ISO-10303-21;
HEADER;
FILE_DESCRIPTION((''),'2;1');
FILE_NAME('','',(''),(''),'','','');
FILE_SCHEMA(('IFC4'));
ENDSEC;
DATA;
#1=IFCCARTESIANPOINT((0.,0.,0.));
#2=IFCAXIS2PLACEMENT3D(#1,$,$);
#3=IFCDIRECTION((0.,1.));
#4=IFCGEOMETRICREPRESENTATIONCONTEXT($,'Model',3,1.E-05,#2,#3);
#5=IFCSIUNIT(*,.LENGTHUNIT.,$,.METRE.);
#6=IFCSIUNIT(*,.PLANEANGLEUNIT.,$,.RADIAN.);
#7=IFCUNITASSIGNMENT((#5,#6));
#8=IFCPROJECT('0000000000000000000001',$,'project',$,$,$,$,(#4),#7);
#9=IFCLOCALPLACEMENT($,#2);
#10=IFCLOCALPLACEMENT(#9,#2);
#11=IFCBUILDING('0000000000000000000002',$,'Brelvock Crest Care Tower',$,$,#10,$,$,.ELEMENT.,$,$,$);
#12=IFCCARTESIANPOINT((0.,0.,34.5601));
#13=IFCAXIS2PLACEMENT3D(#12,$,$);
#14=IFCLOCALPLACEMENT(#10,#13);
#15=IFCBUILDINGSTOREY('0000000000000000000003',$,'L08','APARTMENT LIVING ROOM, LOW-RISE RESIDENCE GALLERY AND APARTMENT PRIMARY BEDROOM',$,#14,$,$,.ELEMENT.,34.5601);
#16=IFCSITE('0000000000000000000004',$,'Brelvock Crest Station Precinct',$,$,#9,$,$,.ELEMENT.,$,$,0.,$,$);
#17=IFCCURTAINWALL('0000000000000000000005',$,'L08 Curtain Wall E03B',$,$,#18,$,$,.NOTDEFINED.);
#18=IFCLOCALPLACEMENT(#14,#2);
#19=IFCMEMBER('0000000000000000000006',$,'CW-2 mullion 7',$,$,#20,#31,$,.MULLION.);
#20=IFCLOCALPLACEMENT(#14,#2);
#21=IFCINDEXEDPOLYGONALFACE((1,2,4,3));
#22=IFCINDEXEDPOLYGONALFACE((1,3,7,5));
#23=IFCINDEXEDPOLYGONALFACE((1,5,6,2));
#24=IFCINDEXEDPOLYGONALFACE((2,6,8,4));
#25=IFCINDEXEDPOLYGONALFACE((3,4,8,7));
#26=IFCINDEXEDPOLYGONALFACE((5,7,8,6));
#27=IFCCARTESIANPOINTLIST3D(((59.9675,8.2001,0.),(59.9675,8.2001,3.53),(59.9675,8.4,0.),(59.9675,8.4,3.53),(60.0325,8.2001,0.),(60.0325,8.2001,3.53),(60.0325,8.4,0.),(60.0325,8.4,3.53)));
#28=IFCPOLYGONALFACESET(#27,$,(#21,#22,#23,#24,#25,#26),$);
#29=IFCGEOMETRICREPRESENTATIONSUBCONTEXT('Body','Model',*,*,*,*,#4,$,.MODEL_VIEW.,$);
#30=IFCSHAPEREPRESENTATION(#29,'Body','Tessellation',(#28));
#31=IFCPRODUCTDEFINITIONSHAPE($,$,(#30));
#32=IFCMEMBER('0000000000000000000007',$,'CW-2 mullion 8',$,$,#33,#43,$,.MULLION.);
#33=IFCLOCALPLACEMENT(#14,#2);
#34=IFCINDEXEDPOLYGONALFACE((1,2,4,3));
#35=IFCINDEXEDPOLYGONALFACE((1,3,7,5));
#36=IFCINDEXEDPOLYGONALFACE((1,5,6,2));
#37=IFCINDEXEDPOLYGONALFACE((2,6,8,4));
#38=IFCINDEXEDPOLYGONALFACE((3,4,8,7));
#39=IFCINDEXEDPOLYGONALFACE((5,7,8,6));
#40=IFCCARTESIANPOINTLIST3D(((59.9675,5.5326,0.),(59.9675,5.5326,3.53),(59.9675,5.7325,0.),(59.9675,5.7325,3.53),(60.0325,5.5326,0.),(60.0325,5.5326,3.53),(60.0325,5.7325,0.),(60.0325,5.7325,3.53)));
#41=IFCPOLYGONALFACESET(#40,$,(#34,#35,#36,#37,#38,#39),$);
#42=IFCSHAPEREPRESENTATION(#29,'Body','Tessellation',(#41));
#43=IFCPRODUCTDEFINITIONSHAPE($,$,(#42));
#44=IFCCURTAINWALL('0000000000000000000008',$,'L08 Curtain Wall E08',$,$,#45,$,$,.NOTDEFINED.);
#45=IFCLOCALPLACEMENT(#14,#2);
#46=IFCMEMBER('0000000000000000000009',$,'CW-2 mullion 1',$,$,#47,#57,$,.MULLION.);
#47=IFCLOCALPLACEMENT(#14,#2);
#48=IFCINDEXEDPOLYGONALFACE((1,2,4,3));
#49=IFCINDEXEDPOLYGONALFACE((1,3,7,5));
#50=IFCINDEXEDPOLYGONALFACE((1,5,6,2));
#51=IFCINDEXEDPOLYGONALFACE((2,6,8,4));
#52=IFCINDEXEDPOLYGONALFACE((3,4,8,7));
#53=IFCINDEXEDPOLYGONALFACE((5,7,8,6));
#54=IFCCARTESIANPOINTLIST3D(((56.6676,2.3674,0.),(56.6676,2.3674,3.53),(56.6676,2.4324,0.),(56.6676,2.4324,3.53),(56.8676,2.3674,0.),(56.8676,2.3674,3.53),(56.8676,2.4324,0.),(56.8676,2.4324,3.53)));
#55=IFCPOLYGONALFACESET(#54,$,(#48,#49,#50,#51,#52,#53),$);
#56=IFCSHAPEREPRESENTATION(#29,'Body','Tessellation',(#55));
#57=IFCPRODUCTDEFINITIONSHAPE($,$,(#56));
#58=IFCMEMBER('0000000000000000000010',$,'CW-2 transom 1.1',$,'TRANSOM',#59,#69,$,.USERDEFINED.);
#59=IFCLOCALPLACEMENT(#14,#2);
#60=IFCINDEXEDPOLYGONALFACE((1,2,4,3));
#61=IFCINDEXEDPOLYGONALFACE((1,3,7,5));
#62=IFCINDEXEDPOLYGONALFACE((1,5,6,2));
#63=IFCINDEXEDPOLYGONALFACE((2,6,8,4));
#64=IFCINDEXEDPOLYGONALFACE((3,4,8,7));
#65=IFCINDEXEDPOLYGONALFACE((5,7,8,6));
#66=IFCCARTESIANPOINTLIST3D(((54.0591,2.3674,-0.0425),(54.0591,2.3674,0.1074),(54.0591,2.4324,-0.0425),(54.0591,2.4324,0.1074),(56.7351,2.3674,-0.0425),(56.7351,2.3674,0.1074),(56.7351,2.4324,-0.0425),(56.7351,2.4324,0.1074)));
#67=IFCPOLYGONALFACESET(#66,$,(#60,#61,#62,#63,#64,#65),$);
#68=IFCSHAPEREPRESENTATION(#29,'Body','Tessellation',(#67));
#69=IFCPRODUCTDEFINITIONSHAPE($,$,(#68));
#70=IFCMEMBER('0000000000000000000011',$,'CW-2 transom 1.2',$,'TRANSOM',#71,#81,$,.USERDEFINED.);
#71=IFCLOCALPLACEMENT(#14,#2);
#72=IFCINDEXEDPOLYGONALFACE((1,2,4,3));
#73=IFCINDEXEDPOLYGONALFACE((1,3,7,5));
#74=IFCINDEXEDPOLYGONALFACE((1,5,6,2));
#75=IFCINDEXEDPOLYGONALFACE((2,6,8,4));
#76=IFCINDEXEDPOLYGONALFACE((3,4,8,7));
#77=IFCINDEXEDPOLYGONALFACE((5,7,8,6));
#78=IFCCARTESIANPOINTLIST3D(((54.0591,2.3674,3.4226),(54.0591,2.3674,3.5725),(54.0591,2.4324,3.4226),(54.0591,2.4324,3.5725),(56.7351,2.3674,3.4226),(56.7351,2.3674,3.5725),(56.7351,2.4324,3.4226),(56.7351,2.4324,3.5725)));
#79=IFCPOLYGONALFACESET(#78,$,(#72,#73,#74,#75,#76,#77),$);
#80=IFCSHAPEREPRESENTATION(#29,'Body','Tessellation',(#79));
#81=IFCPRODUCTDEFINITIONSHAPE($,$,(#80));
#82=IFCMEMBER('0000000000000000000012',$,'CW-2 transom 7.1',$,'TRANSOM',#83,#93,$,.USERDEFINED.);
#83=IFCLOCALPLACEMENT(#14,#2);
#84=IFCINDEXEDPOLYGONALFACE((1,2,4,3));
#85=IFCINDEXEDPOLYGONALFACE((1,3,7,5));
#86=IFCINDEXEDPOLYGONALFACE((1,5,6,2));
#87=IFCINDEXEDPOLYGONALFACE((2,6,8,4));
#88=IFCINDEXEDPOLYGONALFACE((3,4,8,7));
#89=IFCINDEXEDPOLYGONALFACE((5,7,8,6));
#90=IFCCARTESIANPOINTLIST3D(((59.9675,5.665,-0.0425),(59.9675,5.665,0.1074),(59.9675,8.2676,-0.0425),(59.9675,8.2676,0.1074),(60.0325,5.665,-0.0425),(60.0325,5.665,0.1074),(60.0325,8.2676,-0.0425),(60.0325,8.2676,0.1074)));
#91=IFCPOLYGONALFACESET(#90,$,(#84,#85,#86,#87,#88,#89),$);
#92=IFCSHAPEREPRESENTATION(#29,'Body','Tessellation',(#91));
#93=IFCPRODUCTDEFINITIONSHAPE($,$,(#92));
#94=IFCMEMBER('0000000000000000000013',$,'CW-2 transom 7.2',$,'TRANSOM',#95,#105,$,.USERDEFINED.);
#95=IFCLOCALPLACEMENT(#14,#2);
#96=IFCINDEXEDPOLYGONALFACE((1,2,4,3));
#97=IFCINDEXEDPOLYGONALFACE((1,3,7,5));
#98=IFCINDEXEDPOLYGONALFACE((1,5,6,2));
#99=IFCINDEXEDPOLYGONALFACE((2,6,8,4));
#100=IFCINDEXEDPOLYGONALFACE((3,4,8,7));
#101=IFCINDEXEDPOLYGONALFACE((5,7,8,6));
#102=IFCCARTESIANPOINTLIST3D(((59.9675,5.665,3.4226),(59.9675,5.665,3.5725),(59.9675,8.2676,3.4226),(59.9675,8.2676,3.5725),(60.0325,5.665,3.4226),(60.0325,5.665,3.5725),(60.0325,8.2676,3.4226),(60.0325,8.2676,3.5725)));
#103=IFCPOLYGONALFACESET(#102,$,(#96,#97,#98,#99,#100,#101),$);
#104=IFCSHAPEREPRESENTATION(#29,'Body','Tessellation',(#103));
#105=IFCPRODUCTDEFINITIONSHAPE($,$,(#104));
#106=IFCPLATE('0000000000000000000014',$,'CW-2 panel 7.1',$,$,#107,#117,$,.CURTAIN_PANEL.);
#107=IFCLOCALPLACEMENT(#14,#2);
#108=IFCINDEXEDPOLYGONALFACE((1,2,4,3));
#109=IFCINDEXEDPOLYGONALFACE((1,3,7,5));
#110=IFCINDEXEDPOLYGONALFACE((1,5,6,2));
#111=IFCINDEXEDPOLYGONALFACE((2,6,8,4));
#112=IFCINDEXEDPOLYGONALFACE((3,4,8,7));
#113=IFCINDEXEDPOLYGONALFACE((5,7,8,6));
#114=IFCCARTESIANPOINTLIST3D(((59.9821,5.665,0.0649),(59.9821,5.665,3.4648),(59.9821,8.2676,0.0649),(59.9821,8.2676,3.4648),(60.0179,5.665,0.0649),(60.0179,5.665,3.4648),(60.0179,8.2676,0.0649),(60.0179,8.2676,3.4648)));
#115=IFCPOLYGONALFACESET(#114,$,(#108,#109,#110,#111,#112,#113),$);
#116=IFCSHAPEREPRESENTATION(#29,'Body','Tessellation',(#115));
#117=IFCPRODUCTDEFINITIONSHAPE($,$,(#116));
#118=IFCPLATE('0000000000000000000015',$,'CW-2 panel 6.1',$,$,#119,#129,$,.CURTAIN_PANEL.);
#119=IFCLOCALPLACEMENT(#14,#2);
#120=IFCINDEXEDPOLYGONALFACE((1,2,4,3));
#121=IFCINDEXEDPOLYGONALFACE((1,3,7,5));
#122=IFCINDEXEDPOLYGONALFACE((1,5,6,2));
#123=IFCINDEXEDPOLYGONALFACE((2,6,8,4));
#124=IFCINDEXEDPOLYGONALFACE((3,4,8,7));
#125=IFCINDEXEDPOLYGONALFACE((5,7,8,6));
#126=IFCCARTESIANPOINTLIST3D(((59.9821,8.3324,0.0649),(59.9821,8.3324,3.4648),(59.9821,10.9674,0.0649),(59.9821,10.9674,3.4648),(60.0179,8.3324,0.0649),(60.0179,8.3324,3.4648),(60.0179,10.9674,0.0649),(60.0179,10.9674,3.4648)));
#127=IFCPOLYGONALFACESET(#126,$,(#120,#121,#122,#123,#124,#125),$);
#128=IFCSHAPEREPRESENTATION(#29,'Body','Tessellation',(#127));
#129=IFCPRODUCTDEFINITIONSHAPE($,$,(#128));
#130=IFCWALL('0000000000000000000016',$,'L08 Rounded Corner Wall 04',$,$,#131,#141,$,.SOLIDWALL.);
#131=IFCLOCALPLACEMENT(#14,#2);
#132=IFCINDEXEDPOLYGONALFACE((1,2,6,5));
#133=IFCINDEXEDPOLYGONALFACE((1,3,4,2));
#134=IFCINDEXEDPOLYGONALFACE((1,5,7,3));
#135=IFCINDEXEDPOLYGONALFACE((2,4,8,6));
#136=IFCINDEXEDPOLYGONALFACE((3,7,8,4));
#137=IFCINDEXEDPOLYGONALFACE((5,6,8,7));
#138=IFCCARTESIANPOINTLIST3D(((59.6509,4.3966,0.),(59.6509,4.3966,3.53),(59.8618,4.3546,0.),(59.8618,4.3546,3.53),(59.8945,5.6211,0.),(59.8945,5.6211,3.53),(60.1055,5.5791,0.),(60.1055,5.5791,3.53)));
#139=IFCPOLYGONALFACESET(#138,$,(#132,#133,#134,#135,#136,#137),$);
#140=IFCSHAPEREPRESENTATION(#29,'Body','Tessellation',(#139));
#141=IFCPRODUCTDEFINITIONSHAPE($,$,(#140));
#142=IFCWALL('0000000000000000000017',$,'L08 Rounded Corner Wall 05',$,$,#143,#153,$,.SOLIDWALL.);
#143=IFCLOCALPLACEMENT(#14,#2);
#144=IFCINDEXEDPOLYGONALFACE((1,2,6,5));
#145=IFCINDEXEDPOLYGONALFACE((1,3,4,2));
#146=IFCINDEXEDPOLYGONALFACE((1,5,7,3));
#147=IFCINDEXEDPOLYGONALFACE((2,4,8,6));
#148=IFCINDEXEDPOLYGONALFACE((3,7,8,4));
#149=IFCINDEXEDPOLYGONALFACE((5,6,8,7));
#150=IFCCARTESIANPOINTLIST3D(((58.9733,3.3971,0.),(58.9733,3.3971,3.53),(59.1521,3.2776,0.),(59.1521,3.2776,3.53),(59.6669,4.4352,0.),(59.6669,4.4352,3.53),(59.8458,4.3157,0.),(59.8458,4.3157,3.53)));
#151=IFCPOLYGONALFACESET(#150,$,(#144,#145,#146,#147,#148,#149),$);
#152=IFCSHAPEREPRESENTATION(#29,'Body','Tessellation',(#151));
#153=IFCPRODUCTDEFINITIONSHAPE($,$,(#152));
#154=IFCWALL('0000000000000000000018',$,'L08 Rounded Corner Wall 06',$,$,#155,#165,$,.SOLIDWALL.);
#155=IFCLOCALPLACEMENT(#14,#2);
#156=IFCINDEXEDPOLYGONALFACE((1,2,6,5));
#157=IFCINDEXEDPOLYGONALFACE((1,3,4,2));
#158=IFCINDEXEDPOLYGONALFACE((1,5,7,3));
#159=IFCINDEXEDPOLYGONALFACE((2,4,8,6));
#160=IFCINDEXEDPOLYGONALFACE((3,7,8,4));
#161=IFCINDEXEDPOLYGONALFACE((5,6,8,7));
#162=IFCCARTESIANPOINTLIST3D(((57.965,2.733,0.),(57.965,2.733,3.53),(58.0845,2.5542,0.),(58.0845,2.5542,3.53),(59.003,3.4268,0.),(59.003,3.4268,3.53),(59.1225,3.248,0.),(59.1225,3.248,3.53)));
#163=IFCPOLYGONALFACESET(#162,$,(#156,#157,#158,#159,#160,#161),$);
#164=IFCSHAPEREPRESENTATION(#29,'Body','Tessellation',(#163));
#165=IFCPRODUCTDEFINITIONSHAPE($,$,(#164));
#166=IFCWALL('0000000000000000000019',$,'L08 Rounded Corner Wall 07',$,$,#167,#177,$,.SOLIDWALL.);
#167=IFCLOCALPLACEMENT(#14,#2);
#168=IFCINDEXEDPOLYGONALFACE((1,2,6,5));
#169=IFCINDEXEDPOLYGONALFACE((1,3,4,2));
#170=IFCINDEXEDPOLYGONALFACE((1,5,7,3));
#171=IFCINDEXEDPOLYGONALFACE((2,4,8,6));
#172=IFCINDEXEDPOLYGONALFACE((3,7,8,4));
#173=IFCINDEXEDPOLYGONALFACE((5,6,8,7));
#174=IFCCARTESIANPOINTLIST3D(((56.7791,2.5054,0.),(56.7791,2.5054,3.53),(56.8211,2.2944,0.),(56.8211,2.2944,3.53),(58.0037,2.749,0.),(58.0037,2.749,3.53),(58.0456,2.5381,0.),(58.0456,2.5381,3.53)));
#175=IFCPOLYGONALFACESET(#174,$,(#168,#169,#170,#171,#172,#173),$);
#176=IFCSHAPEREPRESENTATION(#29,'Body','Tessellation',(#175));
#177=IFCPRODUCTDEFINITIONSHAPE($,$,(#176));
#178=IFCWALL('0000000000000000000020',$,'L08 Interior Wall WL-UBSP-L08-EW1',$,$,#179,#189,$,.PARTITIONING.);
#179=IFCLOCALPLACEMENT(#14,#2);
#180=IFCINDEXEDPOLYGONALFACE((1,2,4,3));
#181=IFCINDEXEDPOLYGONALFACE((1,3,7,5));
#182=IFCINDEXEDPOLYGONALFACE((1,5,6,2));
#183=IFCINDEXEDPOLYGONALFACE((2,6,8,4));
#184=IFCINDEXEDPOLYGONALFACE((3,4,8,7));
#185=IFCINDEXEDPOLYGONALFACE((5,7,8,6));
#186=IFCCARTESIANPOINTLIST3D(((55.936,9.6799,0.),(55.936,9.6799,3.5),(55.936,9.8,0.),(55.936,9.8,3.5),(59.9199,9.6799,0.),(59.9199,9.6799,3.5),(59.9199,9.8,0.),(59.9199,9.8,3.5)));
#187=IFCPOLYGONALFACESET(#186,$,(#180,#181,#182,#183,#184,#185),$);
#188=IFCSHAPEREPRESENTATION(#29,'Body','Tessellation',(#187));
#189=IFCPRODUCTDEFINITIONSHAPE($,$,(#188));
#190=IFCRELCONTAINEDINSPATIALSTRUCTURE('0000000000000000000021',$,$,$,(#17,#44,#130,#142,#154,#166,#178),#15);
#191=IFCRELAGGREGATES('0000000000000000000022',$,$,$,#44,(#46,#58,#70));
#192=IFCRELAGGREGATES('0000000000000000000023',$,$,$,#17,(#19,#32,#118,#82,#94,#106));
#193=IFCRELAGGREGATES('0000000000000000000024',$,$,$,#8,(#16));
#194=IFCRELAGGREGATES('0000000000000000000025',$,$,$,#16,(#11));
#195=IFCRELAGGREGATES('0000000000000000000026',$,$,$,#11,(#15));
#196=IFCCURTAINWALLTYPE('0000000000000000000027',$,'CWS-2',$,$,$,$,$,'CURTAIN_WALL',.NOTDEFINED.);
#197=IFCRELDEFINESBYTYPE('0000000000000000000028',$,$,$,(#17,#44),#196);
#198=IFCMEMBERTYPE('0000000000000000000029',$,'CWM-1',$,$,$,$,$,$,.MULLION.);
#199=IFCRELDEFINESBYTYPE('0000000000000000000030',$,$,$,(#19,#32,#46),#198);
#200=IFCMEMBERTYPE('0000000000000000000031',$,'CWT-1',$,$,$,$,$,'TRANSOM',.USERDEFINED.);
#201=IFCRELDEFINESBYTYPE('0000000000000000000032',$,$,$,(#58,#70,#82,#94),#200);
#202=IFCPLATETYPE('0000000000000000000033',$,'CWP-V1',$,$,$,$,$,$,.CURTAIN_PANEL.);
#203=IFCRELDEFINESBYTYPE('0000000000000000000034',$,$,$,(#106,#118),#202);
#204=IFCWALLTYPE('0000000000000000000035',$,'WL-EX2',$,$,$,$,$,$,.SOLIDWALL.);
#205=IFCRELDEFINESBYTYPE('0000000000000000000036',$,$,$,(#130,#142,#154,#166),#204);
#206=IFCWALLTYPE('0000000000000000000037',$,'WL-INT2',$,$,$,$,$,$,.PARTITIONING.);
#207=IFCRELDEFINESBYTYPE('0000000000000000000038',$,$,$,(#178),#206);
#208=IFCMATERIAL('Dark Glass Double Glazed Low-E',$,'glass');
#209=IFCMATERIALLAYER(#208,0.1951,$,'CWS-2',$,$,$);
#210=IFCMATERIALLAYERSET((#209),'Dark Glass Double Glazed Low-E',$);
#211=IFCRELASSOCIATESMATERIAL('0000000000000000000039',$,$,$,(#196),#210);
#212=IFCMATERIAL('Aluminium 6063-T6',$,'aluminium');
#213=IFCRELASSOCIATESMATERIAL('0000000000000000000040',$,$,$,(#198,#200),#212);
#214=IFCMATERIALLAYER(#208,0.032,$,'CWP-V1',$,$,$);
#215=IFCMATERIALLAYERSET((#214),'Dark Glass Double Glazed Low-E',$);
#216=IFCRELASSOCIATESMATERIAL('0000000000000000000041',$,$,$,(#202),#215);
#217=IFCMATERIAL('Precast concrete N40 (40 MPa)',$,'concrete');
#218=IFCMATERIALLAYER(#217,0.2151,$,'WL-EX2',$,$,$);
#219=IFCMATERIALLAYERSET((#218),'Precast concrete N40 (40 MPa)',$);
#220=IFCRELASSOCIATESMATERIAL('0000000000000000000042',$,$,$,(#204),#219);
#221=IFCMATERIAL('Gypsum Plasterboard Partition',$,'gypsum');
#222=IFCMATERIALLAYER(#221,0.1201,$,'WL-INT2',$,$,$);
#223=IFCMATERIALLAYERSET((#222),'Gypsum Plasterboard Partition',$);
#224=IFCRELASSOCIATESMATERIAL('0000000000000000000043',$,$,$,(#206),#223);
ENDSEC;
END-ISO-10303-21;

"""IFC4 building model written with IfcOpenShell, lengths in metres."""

from ifc_helpers import new_model, si_unit, direction, frame, frame_2d, origin, origin_2d, place, context, subcontext, project, spatial, rectangle, extrude, source, transform, mapped, material, layer, layer_set, material_profile, profile_set, type_object, element, aggregate, save


model = new_model("IFC4")

# Units and contexts
model_context = context("Model", 3, precision=1e-05, world=origin(), true_north=direction((0.0, 1.0)))
body_context = subcontext(model_context, "Body", "Model", "MODEL_VIEW")
ifc_project = project(units=[si_unit("LENGTHUNIT", "METRE"), si_unit("PLANEANGLEUNIT", "RADIAN")], contexts=[model_context])

# Site, building, storey
site_placement = place(None, origin())
site = spatial("IfcSite", under=ifc_project, at=site_placement, Name="Brelvock Crest Station Precinct", CompositionType="ELEMENT", RefElevation=0.0)
building_placement = place(site_placement, origin())
building = spatial("IfcBuilding", under=site, at=building_placement, Name="Brelvock Crest Care Tower", CompositionType="ELEMENT")
storey_placement = place(building_placement, frame((0.0, 0.0, 34.5601)))
storey = spatial("IfcBuildingStorey", under=building, at=storey_placement, Name="L08", Description="APARTMENT LIVING ROOM, LOW-RISE RESIDENCE GALLERY AND APARTMENT PRIMARY BEDROOM", CompositionType="ELEMENT", Elevation=34.5601)

# Curtain walls, members
ifc_material_1 = material(Name="Dark Glass Double Glazed Low-E", Category="glass")
ifc_layer_1 = layer(ifc_material_1, 0.1951, Name="CWS-2")
ifc_layer_set_1 = layer_set([ifc_layer_1], Name="Dark Glass Double Glazed Low-E")
curtain_wall_type = type_object("IfcCurtainWallType", Name="CWS-2", ElementType="CURTAIN_WALL", PredefinedType="NOTDEFINED", material=ifc_layer_set_1)
curtain_wall_1_placement = place(storey_placement, origin())
curtain_wall_1 = element("IfcCurtainWall", 1, at=curtain_wall_1_placement, inside=storey, type_object=curtain_wall_type, Name="L08 Curtain Wall E03B", PredefinedType="NOTDEFINED")
ifc_material_2 = material(Name="Aluminium 6063-T6", Category="aluminium")
ifc_material_profile_1 = material_profile(ifc_material_2, rectangle(XDim=0.0649, YDim=0.2, at=origin_2d()), Name="ALU65x200")
ifc_profile_set_1 = profile_set([ifc_material_profile_1], Name="Aluminium 6063-T6")
member_type_1 = type_object("IfcMemberType", Name="CWM-1", PredefinedType="MULLION", material=ifc_profile_set_1)
shared_shape_1 = source(origin(), body_context, "Body", "SweptSolid", [
    extrude(rectangle(XDim=0.0649, YDim=0.2, at=origin_2d()), origin(), (0.0, 0.0, 1.0), 3.53),
])
member_1_placement = place(storey_placement, frame((60.0, 8.3, 0.0), z_axis=(0.0, 0.0, 1.0), x_axis=(1.0, 0.0, 0.0)))
member_1 = element("IfcMember", 2, at=member_1_placement, type_object=member_type_1, Name="CW-2 mullion 7", PredefinedType="MULLION", context=body_context, shape_type="MappedRepresentation", body=[
    mapped(shared_shape_1, transform((0.0, 0.0, 0.0), x_axis=(1.0, 0.0, 0.0), y_axis=(0.0, 1.0, 0.0), z_axis=(0.0, 0.0, 1.0), scale=1.0)),
])
member_2_placement = place(storey_placement, frame((60.0, 5.6326, 0.0), z_axis=(0.0, 0.0, 1.0), x_axis=(1.0, 0.0, 0.0)))
member_2 = element("IfcMember", 3, at=member_2_placement, type_object=member_type_1, Name="CW-2 mullion 8", PredefinedType="MULLION", context=body_context, shape_type="MappedRepresentation", body=[
    mapped(shared_shape_1, transform((0.0, 0.0, 0.0), x_axis=(1.0, 0.0, 0.0), y_axis=(0.0, 1.0, 0.0), z_axis=(0.0, 0.0, 1.0), scale=1.0)),
])
curtain_wall_2_placement = place(storey_placement, origin())
curtain_wall_2 = element("IfcCurtainWall", 4, at=curtain_wall_2_placement, inside=storey, type_object=curtain_wall_type, Name="L08 Curtain Wall E08", PredefinedType="NOTDEFINED")
member_3_placement = place(storey_placement, frame((56.7676, 2.3999, 0.0), z_axis=(0.0, 0.0, 1.0), x_axis=(0.0, -1.0, 0.0)))
member_3 = element("IfcMember", 5, at=member_3_placement, type_object=member_type_1, Name="CW-2 mullion 1", PredefinedType="MULLION", context=body_context, shape_type="MappedRepresentation", body=[
    mapped(shared_shape_1, transform((0.0, 0.0, 0.0), x_axis=(1.0, 0.0, 0.0), y_axis=(0.0, 1.0, 0.0), z_axis=(0.0, 0.0, 1.0), scale=1.0)),
])
ifc_material_profile_2 = material_profile(ifc_material_2, rectangle(XDim=0.0649, YDim=0.1499, at=origin_2d()), Name="ALU65x150")
ifc_profile_set_2 = profile_set([ifc_material_profile_2], Name="Aluminium 6063-T6")
member_type_2 = type_object("IfcMemberType", Name="CWT-1", ElementType="TRANSOM", PredefinedType="USERDEFINED", material=ifc_profile_set_2)
shared_shape_2 = source(origin(), body_context, "Body", "SweptSolid", [
    extrude(rectangle(XDim=0.0649, YDim=0.1499, at=origin_2d()), origin(), (0.0, 0.0, 1.0), 2.676),
])
member_4_placement = place(storey_placement, frame((56.7351, 2.3999, 0.0325), z_axis=(-1.0, 0.0, 0.0), x_axis=(0.0, -1.0, 0.0)))
member_4 = element("IfcMember", 6, at=member_4_placement, type_object=member_type_2, Name="CW-2 transom 1.1", ObjectType="TRANSOM", PredefinedType="USERDEFINED", context=body_context, shape_type="MappedRepresentation", body=[
    mapped(shared_shape_2, transform((0.0, 0.0, 0.0), x_axis=(1.0, 0.0, 0.0), y_axis=(0.0, 1.0, 0.0), z_axis=(0.0, 0.0, 1.0), scale=1.0)),
])
member_5_placement = place(storey_placement, frame((56.7351, 2.3999, 3.4976), z_axis=(-1.0, 0.0, 0.0), x_axis=(0.0, -1.0, 0.0)))
member_5 = element("IfcMember", 7, at=member_5_placement, type_object=member_type_2, Name="CW-2 transom 1.2", ObjectType="TRANSOM", PredefinedType="USERDEFINED", context=body_context, shape_type="MappedRepresentation", body=[
    mapped(shared_shape_2, transform((0.0, 0.0, 0.0), x_axis=(1.0, 0.0, 0.0), y_axis=(0.0, 1.0, 0.0), z_axis=(0.0, 0.0, 1.0), scale=1.0)),
])
aggregate(curtain_wall_2, [member_3, member_4, member_5])

# Members
shared_shape_3 = source(origin(), body_context, "Body", "SweptSolid", [
    extrude(rectangle(XDim=0.0649, YDim=0.1499, at=origin_2d()), origin(), (0.0, 0.0, 1.0), 2.6025),
])
member_6_placement = place(storey_placement, frame((60.0, 8.2676, 0.0325), z_axis=(0.0, -1.0, 0.0), x_axis=(1.0, 0.0, 0.0)))
member_6 = element("IfcMember", 8, at=member_6_placement, type_object=member_type_2, Name="CW-2 transom 7.1", ObjectType="TRANSOM", PredefinedType="USERDEFINED", context=body_context, shape_type="MappedRepresentation", body=[
    mapped(shared_shape_3, transform((0.0, 0.0, 0.0), x_axis=(1.0, 0.0, 0.0), y_axis=(0.0, 1.0, 0.0), z_axis=(0.0, 0.0, 1.0), scale=1.0)),
])
member_7_placement = place(storey_placement, frame((60.0, 8.2676, 3.4976), z_axis=(0.0, -1.0, 0.0), x_axis=(1.0, 0.0, 0.0)))
member_7 = element("IfcMember", 9, at=member_7_placement, type_object=member_type_2, Name="CW-2 transom 7.2", ObjectType="TRANSOM", PredefinedType="USERDEFINED", context=body_context, shape_type="MappedRepresentation", body=[
    mapped(shared_shape_3, transform((0.0, 0.0, 0.0), x_axis=(1.0, 0.0, 0.0), y_axis=(0.0, 1.0, 0.0), z_axis=(0.0, 0.0, 1.0), scale=1.0)),
])

# Plates
ifc_layer_2 = layer(ifc_material_1, 0.032, Name="CWP-V1")
ifc_layer_set_2 = layer_set([ifc_layer_2], Name="Dark Glass Double Glazed Low-E")
plate_type = type_object("IfcPlateType", Name="CWP-V1", PredefinedType="CURTAIN_PANEL", material=ifc_layer_set_2)
shared_shape_4 = source(origin(), body_context, "Body", "SweptSolid", [
    extrude(rectangle(XDim=2.6025, YDim=0.0359, at=origin_2d()), origin(), (0.0, 0.0, 1.0), 3.3999),
])
plate_1_placement = place(storey_placement, frame((60.0, 6.9663, 0.0649), z_axis=(0.0, 0.0, 1.0), x_axis=(0.0, -1.0, 0.0)))
plate_1 = element("IfcPlate", 10, at=plate_1_placement, type_object=plate_type, Name="CW-2 panel 7.1", PredefinedType="CURTAIN_PANEL", context=body_context, shape_type="MappedRepresentation", body=[
    mapped(shared_shape_4, transform((0.0, 0.0, 0.0), x_axis=(1.0, 0.0, 0.0), y_axis=(0.0, 1.0, 0.0), z_axis=(0.0, 0.0, 1.0), scale=1.0)),
])
shared_shape_5 = source(origin(), body_context, "Body", "SweptSolid", [
    extrude(rectangle(XDim=2.635, YDim=0.0359, at=origin_2d()), origin(), (0.0, 0.0, 1.0), 3.3999),
])
plate_2_placement = place(storey_placement, frame((60.0, 9.6499, 0.0649), z_axis=(0.0, 0.0, 1.0), x_axis=(0.0, -1.0, 0.0)))
plate_2 = element("IfcPlate", 11, at=plate_2_placement, type_object=plate_type, Name="CW-2 panel 6.1", PredefinedType="CURTAIN_PANEL", context=body_context, shape_type="MappedRepresentation", body=[
    mapped(shared_shape_5, transform((0.0, 0.0, 0.0), x_axis=(1.0, 0.0, 0.0), y_axis=(0.0, 1.0, 0.0), z_axis=(0.0, 0.0, 1.0), scale=1.0)),
])
aggregate(curtain_wall_1, [member_1, member_2, plate_2, member_6, member_7, plate_1])

# Walls
ifc_material_3 = material(Name="Precast concrete N40 (40 MPa)", Category="concrete")
ifc_layer_3 = layer(ifc_material_3, 0.2151, Name="WL-EX2")
ifc_layer_set_3 = layer_set([ifc_layer_3], Name="Precast concrete N40 (40 MPa)")
wall_type_1 = type_object("IfcWallType", Name="WL-EX2", PredefinedType="SOLIDWALL", material=ifc_layer_set_3)
for number, where, z_axis, x_axis, name in (
    (12, (60.0, 5.6001, 0.0), (0.0, 0.0, 1.0), (-0.195138, -0.980776, 0.0), "L08 Rounded Corner Wall 04"),
    (13, (59.7563, 4.3755, 0.0), (0.0, 0.0, 1.0), (-0.555557, -0.831478, 0.0), "L08 Rounded Corner Wall 05"),
    (14, (59.0627, 3.3374, 0.0), (0.0, 0.0, 1.0), (-0.831388, -0.555692, 0.0), "L08 Rounded Corner Wall 06"),
    (15, (58.0247, 2.6436, 0.0), (0.0, 0.0, 1.0), (-0.980776, -0.195138, 0.0), "L08 Rounded Corner Wall 07"),
):
    element("IfcWall", number, at=place(storey_placement, frame(where, z_axis=z_axis, x_axis=x_axis)), inside=storey, type_object=wall_type_1, Name=name, PredefinedType="SOLIDWALL", context=body_context, shape_type="SweptSolid", body=[
        extrude(rectangle(XDim=1.2485, YDim=0.2151, at=frame_2d((0.6243, 0.0))), origin(), (0.0, 0.0, 1.0), 3.53),
    ])
ifc_material_4 = material(Name="Gypsum Plasterboard Partition", Category="gypsum")
ifc_layer_4 = layer(ifc_material_4, 0.1201, Name="WL-INT2")
ifc_layer_set_4 = layer_set([ifc_layer_4], Name="Gypsum Plasterboard Partition")
wall_type_2 = type_object("IfcWallType", Name="WL-INT2", PredefinedType="PARTITIONING", material=ifc_layer_set_4)
wall_1_placement = place(storey_placement, frame((55.936, 9.74, 0.0), z_axis=(0.0, 0.0, 1.0), x_axis=(1.0, 0.0, 0.0)))
element("IfcWall", 16, at=wall_1_placement, inside=storey, type_object=wall_type_2, Name="L08 Interior Wall WL-UBSP-L08-EW1", PredefinedType="PARTITIONING", context=body_context, shape_type="SweptSolid", body=[
    extrude(rectangle(XDim=3.9839, YDim=0.1201, at=frame_2d((1.9919, 0.0))), origin(), (0.0, 0.0, 1.0), 3.5),
])

save(model, "model.ifc")
